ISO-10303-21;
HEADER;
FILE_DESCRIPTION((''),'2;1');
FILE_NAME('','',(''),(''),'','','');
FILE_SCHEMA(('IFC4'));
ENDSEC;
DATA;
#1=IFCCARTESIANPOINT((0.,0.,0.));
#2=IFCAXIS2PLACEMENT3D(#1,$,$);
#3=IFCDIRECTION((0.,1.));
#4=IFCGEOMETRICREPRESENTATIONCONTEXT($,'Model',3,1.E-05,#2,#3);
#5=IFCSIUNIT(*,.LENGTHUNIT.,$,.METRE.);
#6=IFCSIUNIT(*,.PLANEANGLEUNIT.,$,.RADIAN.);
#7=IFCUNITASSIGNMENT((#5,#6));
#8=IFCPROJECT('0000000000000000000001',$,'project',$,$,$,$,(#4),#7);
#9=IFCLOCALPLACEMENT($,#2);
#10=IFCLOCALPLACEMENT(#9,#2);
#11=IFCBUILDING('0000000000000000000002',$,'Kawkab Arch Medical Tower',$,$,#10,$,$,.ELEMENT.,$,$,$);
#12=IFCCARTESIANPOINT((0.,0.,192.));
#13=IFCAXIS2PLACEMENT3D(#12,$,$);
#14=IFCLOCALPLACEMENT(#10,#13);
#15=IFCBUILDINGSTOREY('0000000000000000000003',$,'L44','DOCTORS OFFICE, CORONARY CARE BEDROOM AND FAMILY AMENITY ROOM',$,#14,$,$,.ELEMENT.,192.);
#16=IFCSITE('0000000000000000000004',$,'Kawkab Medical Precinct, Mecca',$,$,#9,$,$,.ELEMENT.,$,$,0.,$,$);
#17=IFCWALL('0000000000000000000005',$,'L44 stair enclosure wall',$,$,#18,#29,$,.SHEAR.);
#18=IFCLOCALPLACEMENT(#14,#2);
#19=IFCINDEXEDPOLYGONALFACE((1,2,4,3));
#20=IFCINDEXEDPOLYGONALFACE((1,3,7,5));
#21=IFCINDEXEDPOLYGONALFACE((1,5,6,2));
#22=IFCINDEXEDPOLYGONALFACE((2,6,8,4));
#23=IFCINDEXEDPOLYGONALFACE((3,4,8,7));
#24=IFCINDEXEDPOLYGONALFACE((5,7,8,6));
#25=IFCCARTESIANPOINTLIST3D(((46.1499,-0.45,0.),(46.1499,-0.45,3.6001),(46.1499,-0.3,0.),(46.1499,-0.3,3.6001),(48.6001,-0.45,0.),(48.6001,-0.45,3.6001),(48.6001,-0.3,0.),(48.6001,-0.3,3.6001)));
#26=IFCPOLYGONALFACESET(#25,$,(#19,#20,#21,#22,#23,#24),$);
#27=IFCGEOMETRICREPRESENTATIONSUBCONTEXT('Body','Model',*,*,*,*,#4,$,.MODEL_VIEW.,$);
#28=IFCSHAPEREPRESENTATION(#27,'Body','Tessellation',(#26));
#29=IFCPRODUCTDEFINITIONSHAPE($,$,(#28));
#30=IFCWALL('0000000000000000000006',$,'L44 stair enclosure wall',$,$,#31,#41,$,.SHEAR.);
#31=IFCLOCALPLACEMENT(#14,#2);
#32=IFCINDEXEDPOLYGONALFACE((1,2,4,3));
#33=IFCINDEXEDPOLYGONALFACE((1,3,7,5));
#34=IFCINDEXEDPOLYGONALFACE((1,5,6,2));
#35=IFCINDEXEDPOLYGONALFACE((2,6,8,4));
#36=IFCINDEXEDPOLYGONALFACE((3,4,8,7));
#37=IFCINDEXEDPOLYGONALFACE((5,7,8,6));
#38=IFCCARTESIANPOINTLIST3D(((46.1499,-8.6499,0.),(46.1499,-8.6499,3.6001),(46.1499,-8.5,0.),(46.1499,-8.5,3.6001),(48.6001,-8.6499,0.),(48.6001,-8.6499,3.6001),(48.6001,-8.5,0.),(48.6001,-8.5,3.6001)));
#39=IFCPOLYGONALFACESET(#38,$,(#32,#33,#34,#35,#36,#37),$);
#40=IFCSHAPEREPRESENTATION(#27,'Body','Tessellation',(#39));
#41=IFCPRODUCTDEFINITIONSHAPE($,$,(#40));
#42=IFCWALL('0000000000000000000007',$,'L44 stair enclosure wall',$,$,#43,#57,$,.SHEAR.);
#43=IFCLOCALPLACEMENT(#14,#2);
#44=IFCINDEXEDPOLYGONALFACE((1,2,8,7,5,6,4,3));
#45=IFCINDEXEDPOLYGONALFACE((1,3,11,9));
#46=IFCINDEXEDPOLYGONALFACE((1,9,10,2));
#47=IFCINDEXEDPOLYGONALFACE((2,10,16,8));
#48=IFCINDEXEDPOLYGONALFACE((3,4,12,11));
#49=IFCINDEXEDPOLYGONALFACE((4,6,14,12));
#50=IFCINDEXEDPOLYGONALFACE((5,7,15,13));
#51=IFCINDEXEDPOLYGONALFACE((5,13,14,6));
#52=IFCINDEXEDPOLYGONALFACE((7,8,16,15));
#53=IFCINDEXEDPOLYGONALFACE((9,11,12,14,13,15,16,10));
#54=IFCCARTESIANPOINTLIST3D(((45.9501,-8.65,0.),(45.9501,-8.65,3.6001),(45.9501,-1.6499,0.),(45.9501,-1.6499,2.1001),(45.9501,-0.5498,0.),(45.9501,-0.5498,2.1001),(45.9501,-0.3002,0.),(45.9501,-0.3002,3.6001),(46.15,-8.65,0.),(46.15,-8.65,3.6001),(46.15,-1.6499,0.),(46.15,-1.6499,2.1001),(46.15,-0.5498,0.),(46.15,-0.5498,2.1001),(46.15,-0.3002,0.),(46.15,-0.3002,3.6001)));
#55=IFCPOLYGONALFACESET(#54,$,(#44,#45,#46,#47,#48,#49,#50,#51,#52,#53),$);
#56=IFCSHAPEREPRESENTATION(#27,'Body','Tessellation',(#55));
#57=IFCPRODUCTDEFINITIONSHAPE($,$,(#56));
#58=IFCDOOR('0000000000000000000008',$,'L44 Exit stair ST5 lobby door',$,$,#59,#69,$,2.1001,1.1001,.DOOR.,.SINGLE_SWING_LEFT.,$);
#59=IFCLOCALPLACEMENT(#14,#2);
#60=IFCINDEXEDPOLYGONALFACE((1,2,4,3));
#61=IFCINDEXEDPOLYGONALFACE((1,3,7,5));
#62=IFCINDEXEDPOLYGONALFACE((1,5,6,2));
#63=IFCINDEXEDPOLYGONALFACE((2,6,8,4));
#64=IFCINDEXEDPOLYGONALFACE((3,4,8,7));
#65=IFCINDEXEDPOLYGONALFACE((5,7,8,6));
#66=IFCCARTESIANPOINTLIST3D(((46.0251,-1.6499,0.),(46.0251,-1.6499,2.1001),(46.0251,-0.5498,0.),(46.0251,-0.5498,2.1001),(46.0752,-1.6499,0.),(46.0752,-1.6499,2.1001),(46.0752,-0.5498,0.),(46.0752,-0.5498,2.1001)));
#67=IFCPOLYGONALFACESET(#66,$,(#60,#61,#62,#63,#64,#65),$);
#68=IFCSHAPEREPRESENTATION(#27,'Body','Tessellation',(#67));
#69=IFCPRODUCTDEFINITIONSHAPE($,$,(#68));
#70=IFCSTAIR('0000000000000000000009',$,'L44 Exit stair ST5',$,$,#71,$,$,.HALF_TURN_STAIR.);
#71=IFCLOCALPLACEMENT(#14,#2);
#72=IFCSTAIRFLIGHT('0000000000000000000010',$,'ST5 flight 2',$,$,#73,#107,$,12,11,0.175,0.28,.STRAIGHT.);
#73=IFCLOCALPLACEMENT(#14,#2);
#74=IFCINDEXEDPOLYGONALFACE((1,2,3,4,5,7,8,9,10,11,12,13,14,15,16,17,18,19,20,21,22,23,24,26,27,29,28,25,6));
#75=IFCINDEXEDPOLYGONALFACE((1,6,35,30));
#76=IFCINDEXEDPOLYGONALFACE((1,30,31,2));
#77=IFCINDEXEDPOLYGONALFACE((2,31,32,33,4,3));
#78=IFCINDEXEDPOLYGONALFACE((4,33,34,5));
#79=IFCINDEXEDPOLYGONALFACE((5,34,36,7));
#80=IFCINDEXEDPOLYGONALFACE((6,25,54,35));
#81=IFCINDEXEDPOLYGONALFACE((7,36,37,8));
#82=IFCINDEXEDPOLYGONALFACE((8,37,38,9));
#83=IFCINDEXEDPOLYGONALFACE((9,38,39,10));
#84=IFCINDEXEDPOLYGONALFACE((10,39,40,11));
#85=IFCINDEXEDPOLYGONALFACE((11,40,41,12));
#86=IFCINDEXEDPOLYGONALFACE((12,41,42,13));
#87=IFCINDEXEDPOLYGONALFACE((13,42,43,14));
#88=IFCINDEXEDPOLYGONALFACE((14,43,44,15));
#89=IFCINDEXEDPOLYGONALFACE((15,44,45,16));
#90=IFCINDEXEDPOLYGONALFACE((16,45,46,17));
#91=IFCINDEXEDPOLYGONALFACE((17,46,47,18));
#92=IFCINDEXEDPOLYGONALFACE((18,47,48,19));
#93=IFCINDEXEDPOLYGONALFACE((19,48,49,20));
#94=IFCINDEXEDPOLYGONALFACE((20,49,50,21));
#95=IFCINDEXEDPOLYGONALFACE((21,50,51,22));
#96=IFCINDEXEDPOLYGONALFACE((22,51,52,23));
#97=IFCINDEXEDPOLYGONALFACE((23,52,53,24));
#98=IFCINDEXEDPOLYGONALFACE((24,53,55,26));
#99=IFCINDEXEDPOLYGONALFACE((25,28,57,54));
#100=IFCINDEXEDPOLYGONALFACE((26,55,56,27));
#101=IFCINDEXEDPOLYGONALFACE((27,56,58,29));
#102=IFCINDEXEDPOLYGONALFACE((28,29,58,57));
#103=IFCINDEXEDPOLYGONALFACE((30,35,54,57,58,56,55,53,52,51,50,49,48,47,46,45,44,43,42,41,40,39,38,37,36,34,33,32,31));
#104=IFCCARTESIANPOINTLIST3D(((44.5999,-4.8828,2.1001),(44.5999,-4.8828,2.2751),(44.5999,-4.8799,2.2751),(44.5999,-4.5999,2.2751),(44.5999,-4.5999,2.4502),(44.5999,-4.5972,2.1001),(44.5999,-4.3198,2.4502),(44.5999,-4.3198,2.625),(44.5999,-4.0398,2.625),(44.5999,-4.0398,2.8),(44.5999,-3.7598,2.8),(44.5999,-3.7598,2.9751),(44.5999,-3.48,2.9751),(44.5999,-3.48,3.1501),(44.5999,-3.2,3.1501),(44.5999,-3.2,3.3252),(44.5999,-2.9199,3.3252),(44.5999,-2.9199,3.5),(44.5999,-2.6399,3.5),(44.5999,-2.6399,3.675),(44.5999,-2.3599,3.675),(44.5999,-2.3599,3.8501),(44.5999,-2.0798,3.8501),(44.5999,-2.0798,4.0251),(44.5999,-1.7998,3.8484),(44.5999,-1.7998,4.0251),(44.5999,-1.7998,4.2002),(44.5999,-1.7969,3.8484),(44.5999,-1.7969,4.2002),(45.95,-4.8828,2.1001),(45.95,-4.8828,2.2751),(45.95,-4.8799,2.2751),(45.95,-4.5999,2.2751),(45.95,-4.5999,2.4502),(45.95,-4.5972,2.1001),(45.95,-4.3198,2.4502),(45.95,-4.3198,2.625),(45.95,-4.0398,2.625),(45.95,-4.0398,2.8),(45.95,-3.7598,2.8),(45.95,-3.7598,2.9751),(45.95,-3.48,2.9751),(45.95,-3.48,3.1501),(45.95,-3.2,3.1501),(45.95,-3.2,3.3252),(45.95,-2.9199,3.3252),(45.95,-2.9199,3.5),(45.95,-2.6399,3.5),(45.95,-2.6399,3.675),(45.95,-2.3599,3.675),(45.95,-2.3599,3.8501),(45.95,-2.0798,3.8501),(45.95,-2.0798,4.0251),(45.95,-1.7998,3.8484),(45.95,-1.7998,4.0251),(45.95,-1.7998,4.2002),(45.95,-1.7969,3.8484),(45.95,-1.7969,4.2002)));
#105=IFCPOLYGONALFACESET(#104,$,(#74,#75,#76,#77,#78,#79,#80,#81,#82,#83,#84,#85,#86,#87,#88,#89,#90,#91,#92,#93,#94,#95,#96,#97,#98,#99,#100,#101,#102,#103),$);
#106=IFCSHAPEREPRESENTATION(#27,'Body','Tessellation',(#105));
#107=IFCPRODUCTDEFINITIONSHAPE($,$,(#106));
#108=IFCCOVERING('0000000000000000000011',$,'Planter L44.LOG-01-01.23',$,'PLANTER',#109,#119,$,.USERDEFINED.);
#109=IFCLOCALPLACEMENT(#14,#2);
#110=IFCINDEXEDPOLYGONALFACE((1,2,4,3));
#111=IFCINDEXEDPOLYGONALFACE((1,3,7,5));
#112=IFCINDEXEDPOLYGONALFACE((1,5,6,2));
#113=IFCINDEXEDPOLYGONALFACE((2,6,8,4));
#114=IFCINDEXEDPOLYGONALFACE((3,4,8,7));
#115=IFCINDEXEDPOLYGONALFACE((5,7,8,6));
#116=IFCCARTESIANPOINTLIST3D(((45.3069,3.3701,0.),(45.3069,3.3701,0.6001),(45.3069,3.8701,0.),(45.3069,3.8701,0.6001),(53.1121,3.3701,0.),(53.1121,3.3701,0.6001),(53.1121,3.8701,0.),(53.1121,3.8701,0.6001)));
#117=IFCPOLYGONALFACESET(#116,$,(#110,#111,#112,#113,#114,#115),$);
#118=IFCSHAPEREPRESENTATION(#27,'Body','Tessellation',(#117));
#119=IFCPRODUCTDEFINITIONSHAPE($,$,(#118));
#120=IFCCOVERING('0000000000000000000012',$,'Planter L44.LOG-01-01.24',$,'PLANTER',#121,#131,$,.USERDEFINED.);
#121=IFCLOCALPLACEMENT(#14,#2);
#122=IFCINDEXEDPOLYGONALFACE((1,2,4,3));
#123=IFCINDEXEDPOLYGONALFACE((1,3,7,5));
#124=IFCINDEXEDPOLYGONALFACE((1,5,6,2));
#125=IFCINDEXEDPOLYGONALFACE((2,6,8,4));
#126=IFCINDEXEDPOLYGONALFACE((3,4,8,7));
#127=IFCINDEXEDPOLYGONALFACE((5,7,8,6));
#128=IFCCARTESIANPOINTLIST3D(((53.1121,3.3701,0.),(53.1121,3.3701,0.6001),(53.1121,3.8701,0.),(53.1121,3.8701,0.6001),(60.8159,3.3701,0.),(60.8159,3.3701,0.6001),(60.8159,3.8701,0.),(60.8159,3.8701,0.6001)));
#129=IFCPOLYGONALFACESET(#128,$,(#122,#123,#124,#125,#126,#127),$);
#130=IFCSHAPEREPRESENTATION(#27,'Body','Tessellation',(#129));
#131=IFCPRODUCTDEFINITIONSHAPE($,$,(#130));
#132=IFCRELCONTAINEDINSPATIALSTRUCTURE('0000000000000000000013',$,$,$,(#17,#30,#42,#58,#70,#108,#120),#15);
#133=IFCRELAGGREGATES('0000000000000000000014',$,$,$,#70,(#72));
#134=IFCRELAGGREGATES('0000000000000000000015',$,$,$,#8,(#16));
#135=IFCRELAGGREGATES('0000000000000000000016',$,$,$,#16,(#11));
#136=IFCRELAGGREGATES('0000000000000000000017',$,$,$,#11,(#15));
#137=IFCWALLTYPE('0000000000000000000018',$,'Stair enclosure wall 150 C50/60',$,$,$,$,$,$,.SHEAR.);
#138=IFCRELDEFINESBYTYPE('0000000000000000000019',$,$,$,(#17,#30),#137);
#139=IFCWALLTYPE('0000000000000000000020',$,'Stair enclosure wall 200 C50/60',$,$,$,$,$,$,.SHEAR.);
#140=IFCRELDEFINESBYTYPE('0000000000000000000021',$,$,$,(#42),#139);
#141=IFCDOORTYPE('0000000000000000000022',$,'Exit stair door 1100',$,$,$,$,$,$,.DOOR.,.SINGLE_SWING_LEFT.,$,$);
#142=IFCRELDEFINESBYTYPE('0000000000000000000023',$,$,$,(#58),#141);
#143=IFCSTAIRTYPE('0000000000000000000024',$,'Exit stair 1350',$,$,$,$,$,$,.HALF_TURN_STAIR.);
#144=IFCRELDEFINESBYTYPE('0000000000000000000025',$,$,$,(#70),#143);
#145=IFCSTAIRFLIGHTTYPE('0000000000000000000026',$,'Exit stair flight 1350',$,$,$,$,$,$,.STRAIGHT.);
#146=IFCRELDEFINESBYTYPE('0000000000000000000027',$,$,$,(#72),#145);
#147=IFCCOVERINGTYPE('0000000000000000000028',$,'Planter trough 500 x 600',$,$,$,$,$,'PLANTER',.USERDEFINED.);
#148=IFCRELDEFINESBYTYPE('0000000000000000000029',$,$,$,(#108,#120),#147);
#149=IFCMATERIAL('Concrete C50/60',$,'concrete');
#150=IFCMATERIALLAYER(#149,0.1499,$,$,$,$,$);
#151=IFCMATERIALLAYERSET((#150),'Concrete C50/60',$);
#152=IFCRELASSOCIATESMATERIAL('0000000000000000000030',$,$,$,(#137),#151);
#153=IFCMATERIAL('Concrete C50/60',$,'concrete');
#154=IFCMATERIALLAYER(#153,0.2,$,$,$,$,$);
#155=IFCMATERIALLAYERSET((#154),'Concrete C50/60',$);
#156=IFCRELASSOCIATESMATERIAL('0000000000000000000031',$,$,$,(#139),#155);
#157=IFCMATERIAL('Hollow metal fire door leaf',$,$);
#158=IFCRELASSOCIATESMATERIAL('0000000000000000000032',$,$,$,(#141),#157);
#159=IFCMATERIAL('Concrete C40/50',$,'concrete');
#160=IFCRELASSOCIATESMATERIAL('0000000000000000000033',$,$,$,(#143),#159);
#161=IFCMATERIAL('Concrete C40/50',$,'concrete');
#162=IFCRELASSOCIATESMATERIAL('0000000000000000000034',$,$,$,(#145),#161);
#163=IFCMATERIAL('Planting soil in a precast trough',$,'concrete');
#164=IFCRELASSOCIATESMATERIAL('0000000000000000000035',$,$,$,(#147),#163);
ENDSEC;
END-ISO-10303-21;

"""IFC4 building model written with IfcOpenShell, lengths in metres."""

from ifc_helpers import new_model, si_unit, direction, frame, frame_2d, origin, origin_2d, place, context, subcontext, project, spatial, polyline, rectangle, outline, extrude, material, layer, layer_set, material_profile, profile_set, type_object, element, fill, aggregate, save


model = new_model("IFC4")

# Units and contexts
model_context = context("Model", 3, precision=1e-05, world=origin(), true_north=direction((0.0, 1.0)))
body_context = subcontext(model_context, "Body", "Model", "MODEL_VIEW")
ifc_project = project(units=[si_unit("LENGTHUNIT", "METRE"), si_unit("PLANEANGLEUNIT", "RADIAN")], contexts=[model_context])

# Site, building, storey
site_placement = place(None, origin())
site = spatial("IfcSite", under=ifc_project, at=site_placement, Name="Kawkab Medical Precinct, Mecca", CompositionType="ELEMENT", RefElevation=0.0)
building_placement = place(site_placement, origin())
building = spatial("IfcBuilding", under=site, at=building_placement, Name="Kawkab Arch Medical Tower", CompositionType="ELEMENT")
storey_placement = place(building_placement, frame((0.0, 0.0, 192.0)))
storey = spatial("IfcBuildingStorey", under=building, at=storey_placement, Name="L44", Description="DOCTORS OFFICE, CORONARY CARE BEDROOM AND FAMILY AMENITY ROOM", CompositionType="ELEMENT", Elevation=192.0)

# Shared definitions
placement = place(storey_placement, origin())

# Walls
ifc_material_1 = material(Name="Concrete C50/60", Category="concrete")
ifc_layer_1 = layer(ifc_material_1, 0.1499)
ifc_layer_set_1 = layer_set([ifc_layer_1], Name="Concrete C50/60")
wall_type_1 = type_object("IfcWallType", Name="Stair enclosure wall 150 C50/60", PredefinedType="SHEAR", material=ifc_layer_set_1)
for number, where, z_axis, x_axis, name in (
    (1, (46.1499, -0.375, 0.0), (0.0, 0.0, 1.0), (1.0, 0.0, 0.0), "L44 stair enclosure wall"),
    (2, (46.1499, -8.575, 0.0), (0.0, 0.0, 1.0), (1.0, 0.0, 0.0), "L44 stair enclosure wall"),
):
    element("IfcWall", number, at=place(storey_placement, frame(where, z_axis=z_axis, x_axis=x_axis)), inside=storey, type_object=wall_type_1, Name=name, PredefinedType="SHEAR", context=body_context, shape_type="SweptSolid", body=[
        extrude(rectangle(XDim=2.4502, YDim=0.1499, at=frame_2d((1.2251, 0.0))), origin(), (0.0, 0.0, 1.0), 3.6001),
    ])

# Wall, opening, door
ifc_material_2 = material(Name="Concrete C50/60", Category="concrete")
ifc_layer_2 = layer(ifc_material_2, 0.2)
ifc_layer_set_2 = layer_set([ifc_layer_2], Name="Concrete C50/60")
wall_type_2 = type_object("IfcWallType", Name="Stair enclosure wall 200 C50/60", PredefinedType="SHEAR", material=ifc_layer_set_2)
wall_1_placement = place(storey_placement, frame((46.05, -8.6499, 0.0), z_axis=(0.0, 0.0, 1.0), x_axis=(0.0, 1.0, 0.0)))
wall_1 = element("IfcWall", 3, at=wall_1_placement, inside=storey, type_object=wall_type_2, Name="L44 stair enclosure wall", PredefinedType="SHEAR", context=body_context, shape_type="SweptSolid", body=[
    extrude(rectangle(XDim=8.3499, YDim=0.2, at=frame_2d((4.1748, 0.0))), origin(), (0.0, 0.0, 1.0), 3.6001),
])
opening_1_placement = place(wall_1_placement, frame((7.0, 0.0, 0.0)))
opening_1 = element("IfcOpeningElement", 4, at=opening_1_placement, cuts=wall_1, PredefinedType="OPENING", context=body_context, shape_type="SweptSolid", body=[
    extrude(rectangle(XDim=1.1001, YDim=2.1001, at=frame_2d((0.55, 1.05))), frame((0.0, 0.1099, 0.0), z_axis=(0.0, -1.0, 0.0), x_axis=(1.0, 0.0, 0.0)), (0.0, 0.0, 1.0), 0.22),
])
ifc_material_3 = material(Name="Hollow metal fire door leaf")
door_type_1 = type_object("IfcDoorType", Name="Exit stair door 1100", OperationType="SINGLE_SWING_LEFT", PredefinedType="DOOR", material=ifc_material_3)
door_1_placement = place(opening_1_placement, origin())
door_1 = element("IfcDoor", 5, at=door_1_placement, inside=storey, type_object=door_type_1, Name="L44 Exit stair ST5 lobby door", OperationType="SINGLE_SWING_LEFT", OverallHeight=2.1001, OverallWidth=1.1001, PredefinedType="DOOR", context=body_context, shape_type="SweptSolid", body=[
    extrude(rectangle(XDim=1.1001, YDim=2.1001, at=frame_2d((0.55, 1.05))), frame((0.0, 0.0249, 0.0), z_axis=(0.0, -1.0, 0.0), x_axis=(1.0, 0.0, 0.0)), (0.0, 0.0, 1.0), 0.05),
])
fill(opening_1, door_1)

# Stair, stair flight
ifc_material_4 = material(Name="Concrete C40/50", Category="concrete")
stair_type = type_object("IfcStairType", Name="Exit stair 1350", PredefinedType="HALF_TURN_STAIR", material=ifc_material_4)
stair = element("IfcStair", 6, at=placement, inside=storey, type_object=stair_type, Name="L44 Exit stair ST5", PredefinedType="HALF_TURN_STAIR")
ifc_material_5 = material(Name="Concrete C40/50", Category="concrete")
stair_flight_type = type_object("IfcStairFlightType", Name="Exit stair flight 1350", PredefinedType="STRAIGHT", material=ifc_material_5)
stair_flight_placement = place(storey_placement, frame((45.2749, -4.8799, 2.1001), z_axis=(0.0, 0.0, 1.0), x_axis=(0.0, 1.0, 0.0)))
stair_flight = element("IfcStairFlight", 7, at=stair_flight_placement, type_object=stair_flight_type, Name="ST5 flight 2", NumberOfRisers=12, NumberOfTreads=11, PredefinedType="STRAIGHT", RiserHeight=0.175, TreadLength=0.28, context=body_context, shape_type="SweptSolid", body=[
    extrude(outline(polyline([(-0.0029, 0.0), (-0.0029, 0.175), (0.0, 0.175), (0.28, 0.175), (0.28, 0.3501), (0.5601, 0.3501), (0.5601, 0.5249), (0.8401, 0.5249), (0.8401, 0.7), (1.1201, 0.7), (1.1201, 0.875), (1.3999, 0.875), (1.3999, 1.05), (1.6799, 1.05), (1.6799, 1.2251), (1.96, 1.2251), (1.96, 1.3999), (2.24, 1.3999), (2.24, 1.575), (2.52, 1.575), (2.52, 1.75), (2.8, 1.75), (2.8, 1.925), (3.0801, 1.925), (3.0801, 2.1001), (3.083, 2.1001), (3.083, 1.7483), (3.0801, 1.7483), (0.2827, 0.0), (-0.0029, 0.0)])), frame((0.0, 0.675, 0.0), z_axis=(0.0, -1.0, 0.0), x_axis=(1.0, 0.0, 0.0)), (0.0, 0.0, 1.0), 1.3501),
])
aggregate(stair, [stair_flight])

# Coverings
ifc_material_6 = material(Name="Planting soil in a precast trough", Category="concrete")
ifc_material_profile_1 = material_profile(ifc_material_6, rectangle(XDim=0.5, YDim=0.6001, at=origin_2d()), Name="Trough 500x600")
ifc_profile_set_1 = profile_set([ifc_material_profile_1], Name="Planting soil in a precast trough")
covering_type = type_object("IfcCoveringType", Name="Planter trough 500 x 600", ElementType="PLANTER", PredefinedType="USERDEFINED", material=ifc_profile_set_1)
covering_1_placement = place(storey_placement, frame((45.3069, 3.6201, 0.3), z_axis=(1.0, 0.0, 0.0), x_axis=(0.0, 1.0, 0.0)))
element("IfcCovering", 8, at=covering_1_placement, inside=storey, type_object=covering_type, Name="Planter L44.LOG-01-01.23", ObjectType="PLANTER", PredefinedType="USERDEFINED", context=body_context, shape_type="SweptSolid", body=[
    extrude(rectangle(XDim=0.5, YDim=0.6001, at=origin_2d()), origin(), (0.0, 0.0, 1.0), 7.8052),
])
covering_2_placement = place(storey_placement, frame((53.1121, 3.6201, 0.3), z_axis=(1.0, 0.0, 0.0), x_axis=(0.0, 1.0, 0.0)))
element("IfcCovering", 9, at=covering_2_placement, inside=storey, type_object=covering_type, Name="Planter L44.LOG-01-01.24", ObjectType="PLANTER", PredefinedType="USERDEFINED", context=body_context, shape_type="SweptSolid", body=[
    extrude(rectangle(XDim=0.5, YDim=0.6001, at=origin_2d()), origin(), (0.0, 0.0, 1.0), 7.7039),
])

save(model, "model.ifc")
